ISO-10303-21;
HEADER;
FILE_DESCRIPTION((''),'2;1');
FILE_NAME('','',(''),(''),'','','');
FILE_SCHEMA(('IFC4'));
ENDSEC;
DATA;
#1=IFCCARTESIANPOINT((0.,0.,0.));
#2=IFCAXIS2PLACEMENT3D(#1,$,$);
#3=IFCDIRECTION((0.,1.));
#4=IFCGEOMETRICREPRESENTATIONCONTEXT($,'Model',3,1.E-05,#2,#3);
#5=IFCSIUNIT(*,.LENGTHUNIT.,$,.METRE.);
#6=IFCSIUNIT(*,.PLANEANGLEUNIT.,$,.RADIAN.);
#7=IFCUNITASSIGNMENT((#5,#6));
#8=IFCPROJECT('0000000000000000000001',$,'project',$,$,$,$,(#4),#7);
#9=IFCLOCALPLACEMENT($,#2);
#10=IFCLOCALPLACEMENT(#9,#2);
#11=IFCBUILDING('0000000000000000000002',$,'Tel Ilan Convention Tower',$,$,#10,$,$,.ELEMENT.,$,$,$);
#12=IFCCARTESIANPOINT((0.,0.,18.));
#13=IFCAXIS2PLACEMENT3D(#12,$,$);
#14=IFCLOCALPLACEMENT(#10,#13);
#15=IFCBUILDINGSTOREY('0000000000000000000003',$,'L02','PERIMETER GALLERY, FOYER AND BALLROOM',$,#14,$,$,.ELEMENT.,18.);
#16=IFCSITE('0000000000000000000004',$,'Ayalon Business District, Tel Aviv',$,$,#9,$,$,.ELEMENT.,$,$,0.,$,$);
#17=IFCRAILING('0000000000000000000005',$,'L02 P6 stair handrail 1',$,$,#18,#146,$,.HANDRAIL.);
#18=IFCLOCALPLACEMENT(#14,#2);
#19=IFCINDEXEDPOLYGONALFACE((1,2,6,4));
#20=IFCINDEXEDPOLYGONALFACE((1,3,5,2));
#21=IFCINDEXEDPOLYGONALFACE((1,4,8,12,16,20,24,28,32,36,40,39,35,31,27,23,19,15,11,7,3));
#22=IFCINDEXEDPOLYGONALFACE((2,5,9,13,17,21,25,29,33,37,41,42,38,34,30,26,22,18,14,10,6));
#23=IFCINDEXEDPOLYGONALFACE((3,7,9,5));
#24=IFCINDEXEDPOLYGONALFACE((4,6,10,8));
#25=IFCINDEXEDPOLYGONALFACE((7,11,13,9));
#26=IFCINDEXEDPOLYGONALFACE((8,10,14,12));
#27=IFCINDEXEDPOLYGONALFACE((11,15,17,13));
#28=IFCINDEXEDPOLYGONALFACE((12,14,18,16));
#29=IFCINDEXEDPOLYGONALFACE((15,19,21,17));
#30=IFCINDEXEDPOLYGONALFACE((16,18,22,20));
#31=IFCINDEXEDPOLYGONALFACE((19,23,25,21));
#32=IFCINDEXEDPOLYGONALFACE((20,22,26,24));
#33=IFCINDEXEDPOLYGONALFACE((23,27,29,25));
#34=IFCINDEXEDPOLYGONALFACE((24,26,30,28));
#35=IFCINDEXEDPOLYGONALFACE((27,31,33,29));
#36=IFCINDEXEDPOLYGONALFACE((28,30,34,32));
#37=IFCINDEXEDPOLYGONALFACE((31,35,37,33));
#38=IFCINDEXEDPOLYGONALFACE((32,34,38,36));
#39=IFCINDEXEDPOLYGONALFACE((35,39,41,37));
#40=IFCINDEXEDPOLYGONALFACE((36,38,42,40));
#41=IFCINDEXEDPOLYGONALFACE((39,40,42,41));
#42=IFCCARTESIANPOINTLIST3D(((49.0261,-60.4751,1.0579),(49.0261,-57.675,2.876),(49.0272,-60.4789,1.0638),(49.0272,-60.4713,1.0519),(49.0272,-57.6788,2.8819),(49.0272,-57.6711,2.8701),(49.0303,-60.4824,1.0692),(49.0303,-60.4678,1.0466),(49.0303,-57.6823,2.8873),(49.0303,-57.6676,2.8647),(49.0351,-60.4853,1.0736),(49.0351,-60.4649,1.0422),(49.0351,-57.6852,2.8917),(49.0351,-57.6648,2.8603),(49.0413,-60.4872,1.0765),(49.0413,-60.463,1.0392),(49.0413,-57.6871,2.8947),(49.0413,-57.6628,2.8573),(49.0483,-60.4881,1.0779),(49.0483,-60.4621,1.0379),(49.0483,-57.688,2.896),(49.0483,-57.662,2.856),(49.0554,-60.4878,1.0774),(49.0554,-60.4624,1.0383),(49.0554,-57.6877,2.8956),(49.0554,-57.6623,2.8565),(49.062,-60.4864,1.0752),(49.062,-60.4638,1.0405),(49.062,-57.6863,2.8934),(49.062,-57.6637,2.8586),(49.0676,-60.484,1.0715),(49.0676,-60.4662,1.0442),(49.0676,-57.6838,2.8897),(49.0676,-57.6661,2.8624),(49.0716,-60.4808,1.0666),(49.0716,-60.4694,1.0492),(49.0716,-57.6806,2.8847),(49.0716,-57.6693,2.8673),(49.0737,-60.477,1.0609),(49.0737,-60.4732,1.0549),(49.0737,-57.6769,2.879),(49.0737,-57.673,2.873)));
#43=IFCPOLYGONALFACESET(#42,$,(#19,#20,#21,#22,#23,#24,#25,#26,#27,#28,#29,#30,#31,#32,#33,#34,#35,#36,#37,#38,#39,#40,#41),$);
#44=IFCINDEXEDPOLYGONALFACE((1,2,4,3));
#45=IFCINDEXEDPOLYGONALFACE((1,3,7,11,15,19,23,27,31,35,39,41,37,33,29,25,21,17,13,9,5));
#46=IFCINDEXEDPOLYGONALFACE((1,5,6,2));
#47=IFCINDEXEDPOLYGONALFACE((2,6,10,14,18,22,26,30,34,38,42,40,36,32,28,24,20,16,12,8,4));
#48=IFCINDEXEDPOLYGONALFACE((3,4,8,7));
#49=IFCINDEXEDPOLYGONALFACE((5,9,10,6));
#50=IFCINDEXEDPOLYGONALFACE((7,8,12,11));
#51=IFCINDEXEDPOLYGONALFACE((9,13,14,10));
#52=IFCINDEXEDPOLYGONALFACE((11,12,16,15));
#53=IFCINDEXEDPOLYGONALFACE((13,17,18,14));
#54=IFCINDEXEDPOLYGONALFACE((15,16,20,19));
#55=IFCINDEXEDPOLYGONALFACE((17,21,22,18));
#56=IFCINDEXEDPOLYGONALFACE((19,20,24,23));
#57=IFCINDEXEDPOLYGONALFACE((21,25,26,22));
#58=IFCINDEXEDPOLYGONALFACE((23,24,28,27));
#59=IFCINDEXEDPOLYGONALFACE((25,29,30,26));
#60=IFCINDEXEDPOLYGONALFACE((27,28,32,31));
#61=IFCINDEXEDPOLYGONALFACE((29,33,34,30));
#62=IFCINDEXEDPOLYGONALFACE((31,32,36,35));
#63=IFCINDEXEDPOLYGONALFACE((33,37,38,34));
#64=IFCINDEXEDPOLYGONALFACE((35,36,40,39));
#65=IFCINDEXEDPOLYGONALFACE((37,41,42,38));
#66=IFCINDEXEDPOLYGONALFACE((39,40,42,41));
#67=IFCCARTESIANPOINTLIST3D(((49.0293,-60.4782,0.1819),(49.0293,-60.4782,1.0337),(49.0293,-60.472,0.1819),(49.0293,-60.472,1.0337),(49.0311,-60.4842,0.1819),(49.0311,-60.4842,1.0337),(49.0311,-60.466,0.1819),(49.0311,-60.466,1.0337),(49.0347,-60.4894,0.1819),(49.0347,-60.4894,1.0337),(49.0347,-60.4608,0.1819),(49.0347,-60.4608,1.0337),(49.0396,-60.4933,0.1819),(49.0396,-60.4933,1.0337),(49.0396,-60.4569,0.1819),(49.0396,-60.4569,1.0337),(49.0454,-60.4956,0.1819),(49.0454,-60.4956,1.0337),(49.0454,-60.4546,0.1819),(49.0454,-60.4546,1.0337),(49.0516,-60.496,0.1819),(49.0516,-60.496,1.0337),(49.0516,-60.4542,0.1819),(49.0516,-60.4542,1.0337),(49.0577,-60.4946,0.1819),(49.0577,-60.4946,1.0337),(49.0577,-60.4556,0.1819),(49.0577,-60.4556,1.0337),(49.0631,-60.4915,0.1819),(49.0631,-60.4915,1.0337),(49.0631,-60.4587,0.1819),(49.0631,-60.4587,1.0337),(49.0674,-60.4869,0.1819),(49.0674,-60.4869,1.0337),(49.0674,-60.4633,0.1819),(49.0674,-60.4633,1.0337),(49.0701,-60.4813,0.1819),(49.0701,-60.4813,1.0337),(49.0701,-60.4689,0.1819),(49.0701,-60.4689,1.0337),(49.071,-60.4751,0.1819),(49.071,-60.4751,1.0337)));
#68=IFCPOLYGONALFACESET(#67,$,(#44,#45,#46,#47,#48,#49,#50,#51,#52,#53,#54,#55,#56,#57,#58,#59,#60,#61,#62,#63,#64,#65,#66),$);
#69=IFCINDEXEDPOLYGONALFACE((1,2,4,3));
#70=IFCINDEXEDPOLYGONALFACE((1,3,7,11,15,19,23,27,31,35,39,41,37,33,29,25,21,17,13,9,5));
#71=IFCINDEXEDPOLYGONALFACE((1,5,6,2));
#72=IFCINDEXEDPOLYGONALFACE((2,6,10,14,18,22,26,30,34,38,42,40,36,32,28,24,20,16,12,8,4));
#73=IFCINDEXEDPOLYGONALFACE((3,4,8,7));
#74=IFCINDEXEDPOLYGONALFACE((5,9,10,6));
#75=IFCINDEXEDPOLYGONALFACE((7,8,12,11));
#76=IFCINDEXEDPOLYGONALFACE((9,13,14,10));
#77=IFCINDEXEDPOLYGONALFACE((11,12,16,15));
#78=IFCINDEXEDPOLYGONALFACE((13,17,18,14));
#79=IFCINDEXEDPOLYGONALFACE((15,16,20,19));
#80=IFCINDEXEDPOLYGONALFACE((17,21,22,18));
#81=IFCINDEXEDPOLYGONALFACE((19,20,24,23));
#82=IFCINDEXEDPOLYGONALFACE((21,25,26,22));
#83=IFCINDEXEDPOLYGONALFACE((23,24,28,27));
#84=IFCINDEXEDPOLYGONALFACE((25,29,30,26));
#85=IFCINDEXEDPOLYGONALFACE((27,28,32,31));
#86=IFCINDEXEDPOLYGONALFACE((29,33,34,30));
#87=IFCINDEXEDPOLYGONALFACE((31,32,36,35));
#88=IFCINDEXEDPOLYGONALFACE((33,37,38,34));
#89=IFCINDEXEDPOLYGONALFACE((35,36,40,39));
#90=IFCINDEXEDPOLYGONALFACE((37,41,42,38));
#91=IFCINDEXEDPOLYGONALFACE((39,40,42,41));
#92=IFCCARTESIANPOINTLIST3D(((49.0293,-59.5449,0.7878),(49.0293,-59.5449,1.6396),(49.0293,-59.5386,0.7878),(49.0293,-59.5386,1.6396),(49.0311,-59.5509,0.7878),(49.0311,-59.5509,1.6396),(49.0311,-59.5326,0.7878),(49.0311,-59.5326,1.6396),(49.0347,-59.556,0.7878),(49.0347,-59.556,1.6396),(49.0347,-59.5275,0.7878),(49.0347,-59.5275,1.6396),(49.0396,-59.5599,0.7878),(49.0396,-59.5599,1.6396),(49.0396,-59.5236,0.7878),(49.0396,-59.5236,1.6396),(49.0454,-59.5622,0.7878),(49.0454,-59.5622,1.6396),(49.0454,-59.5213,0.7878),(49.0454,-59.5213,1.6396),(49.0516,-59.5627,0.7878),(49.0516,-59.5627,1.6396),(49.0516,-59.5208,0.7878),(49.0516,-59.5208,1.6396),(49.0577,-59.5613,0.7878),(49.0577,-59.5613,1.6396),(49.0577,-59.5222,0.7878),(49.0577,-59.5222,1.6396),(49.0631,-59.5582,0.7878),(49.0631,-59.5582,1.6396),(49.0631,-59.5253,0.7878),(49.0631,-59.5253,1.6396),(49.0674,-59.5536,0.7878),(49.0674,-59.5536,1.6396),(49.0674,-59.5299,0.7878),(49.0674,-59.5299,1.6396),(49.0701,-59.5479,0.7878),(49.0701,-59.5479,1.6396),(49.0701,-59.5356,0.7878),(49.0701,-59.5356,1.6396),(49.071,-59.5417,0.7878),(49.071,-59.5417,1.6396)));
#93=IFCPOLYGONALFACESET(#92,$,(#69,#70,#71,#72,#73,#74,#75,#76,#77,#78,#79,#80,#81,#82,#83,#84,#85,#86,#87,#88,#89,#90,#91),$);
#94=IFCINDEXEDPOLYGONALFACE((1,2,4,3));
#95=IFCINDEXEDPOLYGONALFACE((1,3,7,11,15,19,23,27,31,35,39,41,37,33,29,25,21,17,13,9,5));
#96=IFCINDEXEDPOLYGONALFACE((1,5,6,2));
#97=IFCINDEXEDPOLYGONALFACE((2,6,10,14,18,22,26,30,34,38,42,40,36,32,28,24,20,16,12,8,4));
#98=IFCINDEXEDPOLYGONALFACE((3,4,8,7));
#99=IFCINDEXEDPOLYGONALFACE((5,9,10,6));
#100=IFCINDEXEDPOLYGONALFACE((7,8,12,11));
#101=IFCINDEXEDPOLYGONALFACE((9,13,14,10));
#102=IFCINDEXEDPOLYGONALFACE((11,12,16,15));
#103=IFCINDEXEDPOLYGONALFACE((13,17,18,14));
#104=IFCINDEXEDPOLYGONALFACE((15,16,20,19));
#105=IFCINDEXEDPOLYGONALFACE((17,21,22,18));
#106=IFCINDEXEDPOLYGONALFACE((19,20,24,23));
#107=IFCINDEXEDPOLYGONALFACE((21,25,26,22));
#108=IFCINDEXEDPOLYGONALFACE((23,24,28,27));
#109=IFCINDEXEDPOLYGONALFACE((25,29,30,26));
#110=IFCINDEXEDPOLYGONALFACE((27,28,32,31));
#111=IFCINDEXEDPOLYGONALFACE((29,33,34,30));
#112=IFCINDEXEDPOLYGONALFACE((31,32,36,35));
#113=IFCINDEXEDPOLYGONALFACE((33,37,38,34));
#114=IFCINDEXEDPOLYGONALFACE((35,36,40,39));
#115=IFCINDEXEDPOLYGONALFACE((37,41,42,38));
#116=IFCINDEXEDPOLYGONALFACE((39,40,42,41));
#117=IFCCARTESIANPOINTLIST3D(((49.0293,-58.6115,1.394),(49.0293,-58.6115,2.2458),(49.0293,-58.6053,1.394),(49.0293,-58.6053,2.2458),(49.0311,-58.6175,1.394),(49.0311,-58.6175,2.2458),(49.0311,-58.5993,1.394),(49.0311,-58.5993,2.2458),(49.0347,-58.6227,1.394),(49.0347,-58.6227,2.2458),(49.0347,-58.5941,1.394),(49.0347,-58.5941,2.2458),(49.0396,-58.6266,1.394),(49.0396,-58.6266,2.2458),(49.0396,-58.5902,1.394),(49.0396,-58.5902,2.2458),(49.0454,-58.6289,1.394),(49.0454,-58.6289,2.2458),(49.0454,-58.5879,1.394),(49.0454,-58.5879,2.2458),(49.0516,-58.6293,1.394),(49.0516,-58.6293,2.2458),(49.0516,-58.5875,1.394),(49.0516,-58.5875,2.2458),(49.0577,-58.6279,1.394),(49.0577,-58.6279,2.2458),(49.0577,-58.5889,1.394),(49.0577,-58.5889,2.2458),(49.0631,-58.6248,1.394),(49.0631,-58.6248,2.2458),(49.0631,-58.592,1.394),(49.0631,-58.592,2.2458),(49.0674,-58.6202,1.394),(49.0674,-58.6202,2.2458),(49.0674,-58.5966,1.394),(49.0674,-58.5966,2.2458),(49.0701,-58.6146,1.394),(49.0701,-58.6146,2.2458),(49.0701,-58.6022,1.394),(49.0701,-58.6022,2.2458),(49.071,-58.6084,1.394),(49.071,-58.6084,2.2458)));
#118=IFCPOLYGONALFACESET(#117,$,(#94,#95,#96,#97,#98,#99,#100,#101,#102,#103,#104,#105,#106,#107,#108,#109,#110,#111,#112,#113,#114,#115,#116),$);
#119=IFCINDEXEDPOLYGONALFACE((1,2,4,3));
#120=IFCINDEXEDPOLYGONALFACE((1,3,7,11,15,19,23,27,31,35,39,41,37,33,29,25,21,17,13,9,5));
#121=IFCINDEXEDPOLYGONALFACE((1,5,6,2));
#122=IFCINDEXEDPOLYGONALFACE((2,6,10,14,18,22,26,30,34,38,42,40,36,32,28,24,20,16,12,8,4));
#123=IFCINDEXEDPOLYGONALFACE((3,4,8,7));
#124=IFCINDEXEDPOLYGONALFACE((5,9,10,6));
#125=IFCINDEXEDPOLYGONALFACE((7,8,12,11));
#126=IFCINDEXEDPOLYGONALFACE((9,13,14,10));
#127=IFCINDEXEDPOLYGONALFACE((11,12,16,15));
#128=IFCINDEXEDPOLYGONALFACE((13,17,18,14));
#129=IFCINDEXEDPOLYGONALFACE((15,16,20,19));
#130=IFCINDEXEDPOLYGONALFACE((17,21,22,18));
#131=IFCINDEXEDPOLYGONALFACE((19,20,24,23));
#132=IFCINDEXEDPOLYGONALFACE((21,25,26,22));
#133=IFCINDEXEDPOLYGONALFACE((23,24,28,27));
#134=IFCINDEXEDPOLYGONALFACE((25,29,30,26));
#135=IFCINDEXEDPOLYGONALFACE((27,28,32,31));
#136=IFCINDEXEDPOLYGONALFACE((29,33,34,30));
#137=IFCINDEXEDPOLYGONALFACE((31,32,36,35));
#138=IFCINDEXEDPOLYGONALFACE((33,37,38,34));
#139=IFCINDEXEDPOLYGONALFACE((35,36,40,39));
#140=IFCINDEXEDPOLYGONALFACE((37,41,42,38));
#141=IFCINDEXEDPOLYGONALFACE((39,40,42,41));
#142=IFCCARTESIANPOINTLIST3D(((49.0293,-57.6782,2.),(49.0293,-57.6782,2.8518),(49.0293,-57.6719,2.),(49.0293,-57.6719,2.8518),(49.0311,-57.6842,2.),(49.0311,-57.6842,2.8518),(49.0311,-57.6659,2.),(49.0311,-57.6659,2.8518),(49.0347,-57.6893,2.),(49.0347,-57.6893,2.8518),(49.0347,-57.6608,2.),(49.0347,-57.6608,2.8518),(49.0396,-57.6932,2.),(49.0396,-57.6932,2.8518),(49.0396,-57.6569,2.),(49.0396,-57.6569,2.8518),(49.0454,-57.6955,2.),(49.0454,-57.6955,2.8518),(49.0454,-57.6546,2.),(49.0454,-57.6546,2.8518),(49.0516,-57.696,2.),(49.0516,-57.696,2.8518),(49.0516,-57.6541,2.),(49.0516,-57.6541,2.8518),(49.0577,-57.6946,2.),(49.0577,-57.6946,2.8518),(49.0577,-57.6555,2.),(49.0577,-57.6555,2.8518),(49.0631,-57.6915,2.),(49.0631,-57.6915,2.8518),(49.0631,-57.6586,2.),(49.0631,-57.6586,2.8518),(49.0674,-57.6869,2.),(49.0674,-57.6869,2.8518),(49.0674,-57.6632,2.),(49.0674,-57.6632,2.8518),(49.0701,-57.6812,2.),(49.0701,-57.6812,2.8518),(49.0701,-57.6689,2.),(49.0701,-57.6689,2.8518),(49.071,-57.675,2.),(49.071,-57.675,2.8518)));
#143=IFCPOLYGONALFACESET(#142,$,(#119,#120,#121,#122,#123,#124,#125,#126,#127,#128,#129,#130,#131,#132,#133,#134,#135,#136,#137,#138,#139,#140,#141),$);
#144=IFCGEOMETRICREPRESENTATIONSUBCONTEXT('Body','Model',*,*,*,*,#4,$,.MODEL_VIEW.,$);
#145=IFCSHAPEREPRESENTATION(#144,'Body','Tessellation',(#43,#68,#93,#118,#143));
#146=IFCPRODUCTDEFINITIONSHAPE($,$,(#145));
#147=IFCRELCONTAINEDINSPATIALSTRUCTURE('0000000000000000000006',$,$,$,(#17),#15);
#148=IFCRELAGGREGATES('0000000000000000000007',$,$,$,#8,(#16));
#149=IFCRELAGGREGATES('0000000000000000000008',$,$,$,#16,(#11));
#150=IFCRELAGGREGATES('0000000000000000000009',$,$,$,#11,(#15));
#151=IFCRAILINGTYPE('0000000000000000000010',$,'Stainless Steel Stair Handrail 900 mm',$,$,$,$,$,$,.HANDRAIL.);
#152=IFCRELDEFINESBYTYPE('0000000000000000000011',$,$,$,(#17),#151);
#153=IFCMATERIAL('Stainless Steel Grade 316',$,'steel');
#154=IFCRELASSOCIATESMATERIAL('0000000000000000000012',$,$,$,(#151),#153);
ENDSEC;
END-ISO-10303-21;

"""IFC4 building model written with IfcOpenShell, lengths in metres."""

from ifc_helpers import new_model, si_unit, direction, frame, origin, origin_2d, place, context, subcontext, project, spatial, circle, extrude, material, type_object, element, save


model = new_model("IFC4")

# Units and contexts
model_context = context("Model", 3, precision=1e-05, world=origin(), true_north=direction((0.0, 1.0)))
body_context = subcontext(model_context, "Body", "Model", "MODEL_VIEW")
ifc_project = project(units=[si_unit("LENGTHUNIT", "METRE"), si_unit("PLANEANGLEUNIT", "RADIAN")], contexts=[model_context])

# Site, building, storey
site_placement = place(None, origin())
site = spatial("IfcSite", under=ifc_project, at=site_placement, Name="Ayalon Business District, Tel Aviv", CompositionType="ELEMENT", RefElevation=0.0)
building_placement = place(site_placement, origin())
building = spatial("IfcBuilding", under=site, at=building_placement, Name="Tel Ilan Convention Tower", CompositionType="ELEMENT")
storey_placement = place(building_placement, frame((0.0, 0.0, 18.0)))
storey = spatial("IfcBuildingStorey", under=building, at=storey_placement, Name="L02", Description="PERIMETER GALLERY, FOYER AND BALLROOM", CompositionType="ELEMENT", Elevation=18.0)

# Railing
ifc_material_1 = material(Name="Stainless Steel Grade 316", Category="steel")
railing_type_1 = type_object("IfcRailingType", Name="Stainless Steel Stair Handrail 900 mm", PredefinedType="HANDRAIL", material=ifc_material_1)
railing_1_placement = place(storey_placement, frame((49.05, -60.4751, 0.1819)))
element("IfcRailing", 1, at=railing_1_placement, inside=storey, type_object=railing_type_1, Name="L02 P6 stair handrail 1", PredefinedType="HANDRAIL", context=body_context, shape_type="SweptSolid", body=[
    extrude(circle(Radius=0.0239, at=origin_2d()), frame((0.0, 0.0, 0.876), z_axis=(0.0, 0.838706, 0.544585), x_axis=(-1.0, 0.0, 0.0)), (0.0, 0.0, 1.0), 3.3386),
    extrude(circle(Radius=0.021, at=origin_2d()), origin(), (0.0, 0.0, 1.0), 0.8518),
    extrude(circle(Radius=0.021, at=origin_2d()), frame((0.0, 0.9333, 0.606)), (0.0, 0.0, 1.0), 0.8518),
    extrude(circle(Radius=0.021, at=origin_2d()), frame((0.0, 1.8667, 1.2122)), (0.0, 0.0, 1.0), 0.8518),
    extrude(circle(Radius=0.021, at=origin_2d()), frame((0.0, 2.8, 1.8181)), (0.0, 0.0, 1.0), 0.8518),
])

save(model, "model.ifc")
